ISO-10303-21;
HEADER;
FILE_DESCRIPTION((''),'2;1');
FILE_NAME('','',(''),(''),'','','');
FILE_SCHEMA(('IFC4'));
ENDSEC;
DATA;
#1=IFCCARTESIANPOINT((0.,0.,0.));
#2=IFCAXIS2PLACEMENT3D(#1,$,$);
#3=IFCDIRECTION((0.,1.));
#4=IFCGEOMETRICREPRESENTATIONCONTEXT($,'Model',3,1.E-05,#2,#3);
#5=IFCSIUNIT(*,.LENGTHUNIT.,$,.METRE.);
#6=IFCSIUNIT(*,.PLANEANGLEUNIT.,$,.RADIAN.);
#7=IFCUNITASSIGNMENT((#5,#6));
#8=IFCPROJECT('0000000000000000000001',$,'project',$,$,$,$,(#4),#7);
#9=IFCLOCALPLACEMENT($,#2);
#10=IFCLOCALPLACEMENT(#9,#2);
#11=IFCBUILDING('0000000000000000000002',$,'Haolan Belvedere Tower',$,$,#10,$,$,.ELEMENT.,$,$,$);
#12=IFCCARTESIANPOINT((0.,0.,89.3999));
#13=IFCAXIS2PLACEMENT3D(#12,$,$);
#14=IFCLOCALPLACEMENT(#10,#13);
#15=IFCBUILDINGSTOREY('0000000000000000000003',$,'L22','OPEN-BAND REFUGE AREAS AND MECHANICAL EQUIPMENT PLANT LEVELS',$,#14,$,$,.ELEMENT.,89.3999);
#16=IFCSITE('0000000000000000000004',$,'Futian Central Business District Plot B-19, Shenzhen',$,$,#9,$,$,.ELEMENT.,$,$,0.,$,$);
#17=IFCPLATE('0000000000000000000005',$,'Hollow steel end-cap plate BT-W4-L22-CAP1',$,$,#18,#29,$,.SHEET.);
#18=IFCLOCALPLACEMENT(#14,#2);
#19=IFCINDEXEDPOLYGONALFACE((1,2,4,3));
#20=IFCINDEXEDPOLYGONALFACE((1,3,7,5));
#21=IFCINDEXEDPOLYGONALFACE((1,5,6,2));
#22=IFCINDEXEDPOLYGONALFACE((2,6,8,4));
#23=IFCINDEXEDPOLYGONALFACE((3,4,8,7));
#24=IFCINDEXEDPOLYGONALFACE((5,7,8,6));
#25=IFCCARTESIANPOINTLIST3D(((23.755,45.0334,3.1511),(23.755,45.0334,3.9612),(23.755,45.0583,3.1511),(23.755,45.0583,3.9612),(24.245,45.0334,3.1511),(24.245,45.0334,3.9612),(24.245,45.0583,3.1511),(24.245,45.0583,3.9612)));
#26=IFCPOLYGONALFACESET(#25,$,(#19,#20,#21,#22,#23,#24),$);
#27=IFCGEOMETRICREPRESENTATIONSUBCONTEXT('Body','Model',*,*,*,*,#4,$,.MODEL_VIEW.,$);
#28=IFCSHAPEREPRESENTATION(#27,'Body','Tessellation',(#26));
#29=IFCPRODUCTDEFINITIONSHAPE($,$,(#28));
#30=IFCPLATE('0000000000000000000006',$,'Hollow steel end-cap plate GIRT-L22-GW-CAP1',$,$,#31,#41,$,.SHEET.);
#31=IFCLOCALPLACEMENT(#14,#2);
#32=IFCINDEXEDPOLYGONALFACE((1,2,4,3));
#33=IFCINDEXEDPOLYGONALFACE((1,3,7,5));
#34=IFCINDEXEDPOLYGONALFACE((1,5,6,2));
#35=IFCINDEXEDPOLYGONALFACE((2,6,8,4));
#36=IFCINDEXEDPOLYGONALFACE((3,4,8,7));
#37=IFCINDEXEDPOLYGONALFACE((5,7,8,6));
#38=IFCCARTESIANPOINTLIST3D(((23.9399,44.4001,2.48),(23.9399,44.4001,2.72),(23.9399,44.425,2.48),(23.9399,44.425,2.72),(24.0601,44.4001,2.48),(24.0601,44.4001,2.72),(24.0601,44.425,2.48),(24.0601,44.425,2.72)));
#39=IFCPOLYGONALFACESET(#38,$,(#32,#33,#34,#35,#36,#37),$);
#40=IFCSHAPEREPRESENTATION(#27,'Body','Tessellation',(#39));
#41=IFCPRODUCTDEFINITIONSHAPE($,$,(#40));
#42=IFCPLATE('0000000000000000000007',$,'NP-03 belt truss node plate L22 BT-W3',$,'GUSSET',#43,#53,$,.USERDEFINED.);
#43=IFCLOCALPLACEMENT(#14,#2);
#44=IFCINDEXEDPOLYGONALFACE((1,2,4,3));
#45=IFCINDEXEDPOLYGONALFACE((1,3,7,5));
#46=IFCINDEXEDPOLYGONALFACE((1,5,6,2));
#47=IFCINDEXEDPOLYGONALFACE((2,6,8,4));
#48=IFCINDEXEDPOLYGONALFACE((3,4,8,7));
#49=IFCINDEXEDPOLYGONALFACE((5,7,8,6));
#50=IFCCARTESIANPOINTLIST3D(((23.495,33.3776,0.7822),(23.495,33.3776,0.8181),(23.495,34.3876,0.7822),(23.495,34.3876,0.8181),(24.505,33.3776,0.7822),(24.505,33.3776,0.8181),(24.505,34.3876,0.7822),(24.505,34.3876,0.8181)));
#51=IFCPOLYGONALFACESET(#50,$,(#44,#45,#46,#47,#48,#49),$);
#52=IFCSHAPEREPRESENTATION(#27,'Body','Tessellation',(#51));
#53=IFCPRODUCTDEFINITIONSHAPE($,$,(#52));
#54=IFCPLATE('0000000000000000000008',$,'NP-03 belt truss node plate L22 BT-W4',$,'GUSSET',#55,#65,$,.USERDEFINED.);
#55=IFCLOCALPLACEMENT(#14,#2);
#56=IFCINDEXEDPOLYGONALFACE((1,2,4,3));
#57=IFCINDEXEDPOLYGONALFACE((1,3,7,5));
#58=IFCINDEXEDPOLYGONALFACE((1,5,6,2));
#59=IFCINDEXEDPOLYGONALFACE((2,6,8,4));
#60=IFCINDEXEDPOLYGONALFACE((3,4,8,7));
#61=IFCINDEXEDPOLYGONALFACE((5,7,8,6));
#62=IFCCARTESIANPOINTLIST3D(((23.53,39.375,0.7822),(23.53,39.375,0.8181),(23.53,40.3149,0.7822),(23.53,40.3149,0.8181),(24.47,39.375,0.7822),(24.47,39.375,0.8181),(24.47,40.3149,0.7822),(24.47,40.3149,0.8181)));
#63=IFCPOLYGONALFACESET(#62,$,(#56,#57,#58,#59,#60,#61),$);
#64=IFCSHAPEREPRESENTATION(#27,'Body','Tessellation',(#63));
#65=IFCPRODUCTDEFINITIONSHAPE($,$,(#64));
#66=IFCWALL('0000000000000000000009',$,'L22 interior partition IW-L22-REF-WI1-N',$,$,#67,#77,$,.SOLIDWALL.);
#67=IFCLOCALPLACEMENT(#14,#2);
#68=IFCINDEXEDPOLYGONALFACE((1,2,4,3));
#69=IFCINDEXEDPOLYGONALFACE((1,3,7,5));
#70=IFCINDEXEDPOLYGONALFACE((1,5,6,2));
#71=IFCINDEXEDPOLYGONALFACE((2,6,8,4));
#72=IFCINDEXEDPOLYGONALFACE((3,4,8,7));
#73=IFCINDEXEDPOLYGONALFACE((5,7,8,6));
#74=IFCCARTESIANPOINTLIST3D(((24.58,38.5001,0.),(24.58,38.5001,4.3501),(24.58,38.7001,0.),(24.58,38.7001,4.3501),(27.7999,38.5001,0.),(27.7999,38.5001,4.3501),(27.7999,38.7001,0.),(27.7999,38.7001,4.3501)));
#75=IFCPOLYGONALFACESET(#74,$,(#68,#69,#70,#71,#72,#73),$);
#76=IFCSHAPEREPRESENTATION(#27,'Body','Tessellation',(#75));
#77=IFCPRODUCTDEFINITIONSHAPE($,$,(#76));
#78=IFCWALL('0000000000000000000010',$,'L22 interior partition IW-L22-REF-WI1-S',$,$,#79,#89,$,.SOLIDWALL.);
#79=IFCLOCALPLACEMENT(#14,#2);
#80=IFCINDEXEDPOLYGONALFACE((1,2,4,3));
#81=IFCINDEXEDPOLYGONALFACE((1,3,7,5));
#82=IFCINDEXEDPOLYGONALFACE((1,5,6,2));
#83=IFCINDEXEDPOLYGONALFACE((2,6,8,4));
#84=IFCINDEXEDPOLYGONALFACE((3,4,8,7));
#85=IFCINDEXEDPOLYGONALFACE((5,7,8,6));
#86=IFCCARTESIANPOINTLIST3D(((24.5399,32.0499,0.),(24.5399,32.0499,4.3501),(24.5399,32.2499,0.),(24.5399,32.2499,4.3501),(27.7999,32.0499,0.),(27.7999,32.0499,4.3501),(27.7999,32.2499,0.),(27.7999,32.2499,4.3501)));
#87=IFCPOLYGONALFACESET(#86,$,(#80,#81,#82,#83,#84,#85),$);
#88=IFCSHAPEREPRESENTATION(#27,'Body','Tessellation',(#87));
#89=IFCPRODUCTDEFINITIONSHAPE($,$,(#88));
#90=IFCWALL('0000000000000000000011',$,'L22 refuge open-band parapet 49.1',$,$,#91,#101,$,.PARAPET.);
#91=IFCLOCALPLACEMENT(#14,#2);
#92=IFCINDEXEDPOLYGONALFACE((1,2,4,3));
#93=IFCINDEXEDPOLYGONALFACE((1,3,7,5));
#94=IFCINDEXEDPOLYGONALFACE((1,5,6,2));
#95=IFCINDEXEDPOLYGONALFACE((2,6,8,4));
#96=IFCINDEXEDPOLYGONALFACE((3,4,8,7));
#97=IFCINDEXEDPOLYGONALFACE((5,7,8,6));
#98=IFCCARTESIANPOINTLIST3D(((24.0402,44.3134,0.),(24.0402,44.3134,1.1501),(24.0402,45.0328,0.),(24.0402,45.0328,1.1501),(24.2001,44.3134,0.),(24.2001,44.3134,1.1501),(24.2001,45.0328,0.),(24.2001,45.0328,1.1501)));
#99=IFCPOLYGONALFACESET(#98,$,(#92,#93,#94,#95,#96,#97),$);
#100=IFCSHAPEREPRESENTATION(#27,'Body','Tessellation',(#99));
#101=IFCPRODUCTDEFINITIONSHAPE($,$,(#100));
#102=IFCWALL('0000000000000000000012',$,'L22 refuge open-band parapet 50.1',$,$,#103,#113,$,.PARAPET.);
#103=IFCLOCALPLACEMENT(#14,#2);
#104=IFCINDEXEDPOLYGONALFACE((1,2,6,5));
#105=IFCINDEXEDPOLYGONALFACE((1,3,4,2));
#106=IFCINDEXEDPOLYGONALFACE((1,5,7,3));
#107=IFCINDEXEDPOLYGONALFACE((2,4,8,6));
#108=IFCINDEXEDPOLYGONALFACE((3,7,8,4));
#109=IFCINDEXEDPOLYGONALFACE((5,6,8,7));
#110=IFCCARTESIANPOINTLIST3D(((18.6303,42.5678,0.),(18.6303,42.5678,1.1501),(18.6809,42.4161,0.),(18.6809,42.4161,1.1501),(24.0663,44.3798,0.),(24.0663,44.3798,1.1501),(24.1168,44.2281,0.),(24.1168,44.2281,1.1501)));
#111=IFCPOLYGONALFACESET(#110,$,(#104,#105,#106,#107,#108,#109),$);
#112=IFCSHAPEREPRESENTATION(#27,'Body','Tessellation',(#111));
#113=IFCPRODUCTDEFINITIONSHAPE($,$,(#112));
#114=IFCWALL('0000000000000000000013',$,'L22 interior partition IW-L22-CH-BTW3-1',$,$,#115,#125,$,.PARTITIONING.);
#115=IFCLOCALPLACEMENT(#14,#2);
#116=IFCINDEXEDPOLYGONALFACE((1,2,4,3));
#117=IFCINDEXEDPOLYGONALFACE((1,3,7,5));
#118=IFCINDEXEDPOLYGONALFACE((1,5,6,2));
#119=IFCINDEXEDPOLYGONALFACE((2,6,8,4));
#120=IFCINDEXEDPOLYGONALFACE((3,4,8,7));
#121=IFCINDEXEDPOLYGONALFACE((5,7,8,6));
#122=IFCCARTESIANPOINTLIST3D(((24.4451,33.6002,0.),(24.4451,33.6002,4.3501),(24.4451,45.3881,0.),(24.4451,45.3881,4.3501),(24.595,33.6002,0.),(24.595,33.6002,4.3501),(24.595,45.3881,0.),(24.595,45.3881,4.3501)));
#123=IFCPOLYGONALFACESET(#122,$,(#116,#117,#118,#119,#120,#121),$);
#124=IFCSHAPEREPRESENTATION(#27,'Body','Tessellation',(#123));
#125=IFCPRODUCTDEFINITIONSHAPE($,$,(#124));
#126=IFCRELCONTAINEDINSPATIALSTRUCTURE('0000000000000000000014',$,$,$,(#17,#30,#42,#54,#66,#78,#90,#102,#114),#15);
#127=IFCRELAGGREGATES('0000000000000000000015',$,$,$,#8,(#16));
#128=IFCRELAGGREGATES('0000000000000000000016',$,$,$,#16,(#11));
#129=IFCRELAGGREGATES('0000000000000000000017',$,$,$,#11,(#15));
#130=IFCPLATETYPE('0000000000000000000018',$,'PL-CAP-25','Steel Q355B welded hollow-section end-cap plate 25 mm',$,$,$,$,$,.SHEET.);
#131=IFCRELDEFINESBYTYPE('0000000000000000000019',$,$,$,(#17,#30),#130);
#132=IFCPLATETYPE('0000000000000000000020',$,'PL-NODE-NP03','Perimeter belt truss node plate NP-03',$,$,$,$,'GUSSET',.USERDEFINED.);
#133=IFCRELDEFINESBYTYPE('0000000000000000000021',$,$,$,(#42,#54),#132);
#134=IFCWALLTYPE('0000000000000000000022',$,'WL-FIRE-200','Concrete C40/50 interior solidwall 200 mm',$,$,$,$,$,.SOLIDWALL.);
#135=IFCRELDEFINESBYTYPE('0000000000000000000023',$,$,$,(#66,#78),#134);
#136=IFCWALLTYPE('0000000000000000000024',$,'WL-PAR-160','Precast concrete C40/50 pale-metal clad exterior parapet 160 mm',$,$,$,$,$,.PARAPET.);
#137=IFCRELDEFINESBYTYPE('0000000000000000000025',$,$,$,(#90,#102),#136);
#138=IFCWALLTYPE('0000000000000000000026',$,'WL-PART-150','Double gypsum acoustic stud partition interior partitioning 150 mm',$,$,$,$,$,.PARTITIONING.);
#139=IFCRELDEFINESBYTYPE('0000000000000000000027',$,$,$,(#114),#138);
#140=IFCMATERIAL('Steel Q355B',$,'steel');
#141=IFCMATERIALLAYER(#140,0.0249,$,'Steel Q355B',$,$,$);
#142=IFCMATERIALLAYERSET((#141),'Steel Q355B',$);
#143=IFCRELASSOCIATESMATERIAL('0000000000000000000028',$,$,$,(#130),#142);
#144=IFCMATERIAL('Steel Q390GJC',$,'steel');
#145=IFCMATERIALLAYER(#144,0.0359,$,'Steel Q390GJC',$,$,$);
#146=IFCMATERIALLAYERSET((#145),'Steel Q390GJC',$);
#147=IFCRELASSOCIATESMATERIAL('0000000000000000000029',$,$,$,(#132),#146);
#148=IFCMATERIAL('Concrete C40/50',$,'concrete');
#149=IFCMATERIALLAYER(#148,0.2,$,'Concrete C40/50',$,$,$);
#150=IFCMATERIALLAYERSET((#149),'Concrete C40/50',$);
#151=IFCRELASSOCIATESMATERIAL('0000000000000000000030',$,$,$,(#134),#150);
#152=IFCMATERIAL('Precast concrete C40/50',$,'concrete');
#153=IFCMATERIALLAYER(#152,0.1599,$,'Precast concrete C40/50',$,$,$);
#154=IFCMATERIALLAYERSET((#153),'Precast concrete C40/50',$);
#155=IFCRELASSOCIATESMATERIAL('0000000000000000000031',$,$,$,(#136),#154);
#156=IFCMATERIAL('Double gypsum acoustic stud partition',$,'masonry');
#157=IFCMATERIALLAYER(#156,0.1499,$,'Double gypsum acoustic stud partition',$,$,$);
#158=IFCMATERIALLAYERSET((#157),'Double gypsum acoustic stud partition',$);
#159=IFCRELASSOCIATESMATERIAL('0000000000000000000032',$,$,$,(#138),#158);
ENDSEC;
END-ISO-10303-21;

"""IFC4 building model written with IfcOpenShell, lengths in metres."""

from ifc_helpers import new_model, si_unit, direction, frame, frame_2d, origin, origin_2d, place, context, subcontext, project, spatial, rectangle, extrude, material, layer, layer_set, type_object, element, save


model = new_model("IFC4")

# Units and contexts
model_context = context("Model", 3, precision=1e-05, world=origin(), true_north=direction((0.0, 1.0)))
body_context = subcontext(model_context, "Body", "Model", "MODEL_VIEW")
ifc_project = project(units=[si_unit("LENGTHUNIT", "METRE"), si_unit("PLANEANGLEUNIT", "RADIAN")], contexts=[model_context])

# Site, building, storey
site_placement = place(None, origin())
site = spatial("IfcSite", under=ifc_project, at=site_placement, Name="Futian Central Business District Plot B-19, Shenzhen", CompositionType="ELEMENT", RefElevation=0.0)
building_placement = place(site_placement, origin())
building = spatial("IfcBuilding", under=site, at=building_placement, Name="Haolan Belvedere Tower", CompositionType="ELEMENT")
storey_placement = place(building_placement, frame((0.0, 0.0, 89.3999)))
storey = spatial("IfcBuildingStorey", under=building, at=storey_placement, Name="L22", Description="OPEN-BAND REFUGE AREAS AND MECHANICAL EQUIPMENT PLANT LEVELS", CompositionType="ELEMENT", Elevation=89.3999)

# Shared definitions
ifc_material_1 = material(Name="Steel Q355B", Category="steel")

# Shared definitions
ifc_material_2 = material(Name="Steel Q390GJC", Category="steel")

# Plates
ifc_layer_1 = layer(ifc_material_1, 0.0249, Name="Steel Q355B")
ifc_layer_set_1 = layer_set([ifc_layer_1], Name="Steel Q355B")
plate_type_1 = type_object("IfcPlateType", Name="PL-CAP-25", Description="Steel Q355B welded hollow-section end-cap plate 25 mm", PredefinedType="SHEET", material=ifc_layer_set_1)
for number, where, z_axis, x_axis, name in (
    (1, (24.0, 45.0459, 3.1511), (0.0, 0.0, 1.0), (-1.0, 0.0, 0.0), "Hollow steel end-cap plate BT-W4-L22-CAP1"),
):
    element("IfcPlate", number, at=place(storey_placement, frame(where, z_axis=z_axis, x_axis=x_axis)), inside=storey, type_object=plate_type_1, Name=name, PredefinedType="SHEET", context=body_context, shape_type="SweptSolid", body=[
        extrude(rectangle(XDim=0.49, YDim=0.0249, at=origin_2d()), origin(), (0.0, 0.0, 1.0), 0.8101),
    ])
plate_1_placement = place(storey_placement, frame((24.0, 44.4126, 2.48), z_axis=(0.0, 0.0, 1.0), x_axis=(-1.0, 0.0, 0.0)))
element("IfcPlate", 2, at=plate_1_placement, inside=storey, type_object=plate_type_1, Name="Hollow steel end-cap plate GIRT-L22-GW-CAP1", PredefinedType="SHEET", context=body_context, shape_type="SweptSolid", body=[
    extrude(rectangle(XDim=0.1201, YDim=0.0249, at=origin_2d()), origin(), (0.0, 0.0, 1.0), 0.24),
])
ifc_layer_2 = layer(ifc_material_2, 0.0359, Name="Steel Q390GJC")
ifc_layer_set_2 = layer_set([ifc_layer_2], Name="Steel Q390GJC")
plate_type_2 = type_object("IfcPlateType", Name="PL-NODE-NP03", Description="Perimeter belt truss node plate NP-03", ElementType="GUSSET", PredefinedType="USERDEFINED", material=ifc_layer_set_2)
plate_2_placement = place(storey_placement, frame((24.0, 33.8826, 0.7822), z_axis=(0.0, 0.0, 1.0), x_axis=(1.0, 0.0, 0.0)))
element("IfcPlate", 3, at=plate_2_placement, inside=storey, type_object=plate_type_2, Name="NP-03 belt truss node plate L22 BT-W3", ObjectType="GUSSET", PredefinedType="USERDEFINED", context=body_context, shape_type="SweptSolid", body=[
    extrude(rectangle(XDim=1.01, YDim=1.01, at=origin_2d()), origin(), (0.0, 0.0, 1.0), 0.0359),
])
plate_3_placement = place(storey_placement, frame((24.0, 39.845, 0.7822), z_axis=(0.0, 0.0, 1.0), x_axis=(1.0, 0.0, 0.0)))
element("IfcPlate", 4, at=plate_3_placement, inside=storey, type_object=plate_type_2, Name="NP-03 belt truss node plate L22 BT-W4", ObjectType="GUSSET", PredefinedType="USERDEFINED", context=body_context, shape_type="SweptSolid", body=[
    extrude(rectangle(XDim=0.9399, YDim=0.9399, at=origin_2d()), origin(), (0.0, 0.0, 1.0), 0.0359),
])

# Walls
ifc_material_3 = material(Name="Concrete C40/50", Category="concrete")
ifc_layer_3 = layer(ifc_material_3, 0.2, Name="Concrete C40/50")
ifc_layer_set_3 = layer_set([ifc_layer_3], Name="Concrete C40/50")
wall_type_1 = type_object("IfcWallType", Name="WL-FIRE-200", Description="Concrete C40/50 interior solidwall 200 mm", PredefinedType="SOLIDWALL", material=ifc_layer_set_3)
wall_1_placement = place(storey_placement, frame((24.5801, 38.6001, 0.0), z_axis=(0.0, 0.0, 1.0), x_axis=(1.0, 0.0, 0.0)))
element("IfcWall", 5, at=wall_1_placement, inside=storey, type_object=wall_type_1, Name="L22 interior partition IW-L22-REF-WI1-N", PredefinedType="SOLIDWALL", context=body_context, shape_type="SweptSolid", body=[
    extrude(rectangle(XDim=3.22, YDim=0.2, at=frame_2d((1.6099, 0.0))), origin(), (0.0, 0.0, 1.0), 4.3501),
])
wall_2_placement = place(storey_placement, frame((24.54, 32.1499, 0.0), z_axis=(0.0, 0.0, 1.0), x_axis=(1.0, 0.0, 0.0)))
element("IfcWall", 6, at=wall_2_placement, inside=storey, type_object=wall_type_1, Name="L22 interior partition IW-L22-REF-WI1-S", PredefinedType="SOLIDWALL", context=body_context, shape_type="SweptSolid", body=[
    extrude(rectangle(XDim=3.26, YDim=0.2, at=frame_2d((1.6299, 0.0))), origin(), (0.0, 0.0, 1.0), 4.3501),
])
ifc_material_4 = material(Name="Precast concrete C40/50", Category="concrete")
ifc_layer_4 = layer(ifc_material_4, 0.1599, Name="Precast concrete C40/50")
ifc_layer_set_4 = layer_set([ifc_layer_4], Name="Precast concrete C40/50")
wall_type_2 = type_object("IfcWallType", Name="WL-PAR-160", Description="Precast concrete C40/50 pale-metal clad exterior parapet 160 mm", PredefinedType="PARAPET", material=ifc_layer_set_4)
wall_3_placement = place(storey_placement, frame((24.1201, 45.033, 0.0), z_axis=(0.0, 0.0, 1.0), x_axis=(0.0, -1.0, 0.0)))
element("IfcWall", 7, at=wall_3_placement, inside=storey, type_object=wall_type_2, Name="L22 refuge open-band parapet 49.1", PredefinedType="PARAPET", context=body_context, shape_type="SweptSolid", body=[
    extrude(rectangle(XDim=0.7195, YDim=0.1599, at=frame_2d((0.3599, 0.0))), origin(), (0.0, 0.0, 1.0), 1.1501),
])
wall_4_placement = place(storey_placement, frame((24.0916, 44.304, 0.0), z_axis=(0.0, 0.0, 1.0), x_axis=(-0.948683, -0.316228, 0.0)))
element("IfcWall", 8, at=wall_4_placement, inside=storey, type_object=wall_type_2, Name="L22 refuge open-band parapet 50.1", PredefinedType="PARAPET", context=body_context, shape_type="SweptSolid", body=[
    extrude(rectangle(XDim=5.73, YDim=0.1599, at=frame_2d((2.865, 0.0))), origin(), (0.0, 0.0, 1.0), 1.1501),
])
ifc_material_5 = material(Name="Double gypsum acoustic stud partition", Category="masonry")
ifc_layer_5 = layer(ifc_material_5, 0.1499, Name="Double gypsum acoustic stud partition")
ifc_layer_set_5 = layer_set([ifc_layer_5], Name="Double gypsum acoustic stud partition")
wall_type_3 = type_object("IfcWallType", Name="WL-PART-150", Description="Double gypsum acoustic stud partition interior partitioning 150 mm", PredefinedType="PARTITIONING", material=ifc_layer_set_5)
wall_5_placement = place(storey_placement, frame((24.52, 33.6001, 0.0), z_axis=(0.0, 0.0, 1.0), x_axis=(0.0, 1.0, 0.0)))
element("IfcWall", 9, at=wall_5_placement, inside=storey, type_object=wall_type_3, Name="L22 interior partition IW-L22-CH-BTW3-1", PredefinedType="PARTITIONING", context=body_context, shape_type="SweptSolid", body=[
    extrude(rectangle(XDim=11.7878, YDim=0.1499, at=frame_2d((5.894, 0.0))), origin(), (0.0, 0.0, 1.0), 4.3501),
])

save(model, "model.ifc")
